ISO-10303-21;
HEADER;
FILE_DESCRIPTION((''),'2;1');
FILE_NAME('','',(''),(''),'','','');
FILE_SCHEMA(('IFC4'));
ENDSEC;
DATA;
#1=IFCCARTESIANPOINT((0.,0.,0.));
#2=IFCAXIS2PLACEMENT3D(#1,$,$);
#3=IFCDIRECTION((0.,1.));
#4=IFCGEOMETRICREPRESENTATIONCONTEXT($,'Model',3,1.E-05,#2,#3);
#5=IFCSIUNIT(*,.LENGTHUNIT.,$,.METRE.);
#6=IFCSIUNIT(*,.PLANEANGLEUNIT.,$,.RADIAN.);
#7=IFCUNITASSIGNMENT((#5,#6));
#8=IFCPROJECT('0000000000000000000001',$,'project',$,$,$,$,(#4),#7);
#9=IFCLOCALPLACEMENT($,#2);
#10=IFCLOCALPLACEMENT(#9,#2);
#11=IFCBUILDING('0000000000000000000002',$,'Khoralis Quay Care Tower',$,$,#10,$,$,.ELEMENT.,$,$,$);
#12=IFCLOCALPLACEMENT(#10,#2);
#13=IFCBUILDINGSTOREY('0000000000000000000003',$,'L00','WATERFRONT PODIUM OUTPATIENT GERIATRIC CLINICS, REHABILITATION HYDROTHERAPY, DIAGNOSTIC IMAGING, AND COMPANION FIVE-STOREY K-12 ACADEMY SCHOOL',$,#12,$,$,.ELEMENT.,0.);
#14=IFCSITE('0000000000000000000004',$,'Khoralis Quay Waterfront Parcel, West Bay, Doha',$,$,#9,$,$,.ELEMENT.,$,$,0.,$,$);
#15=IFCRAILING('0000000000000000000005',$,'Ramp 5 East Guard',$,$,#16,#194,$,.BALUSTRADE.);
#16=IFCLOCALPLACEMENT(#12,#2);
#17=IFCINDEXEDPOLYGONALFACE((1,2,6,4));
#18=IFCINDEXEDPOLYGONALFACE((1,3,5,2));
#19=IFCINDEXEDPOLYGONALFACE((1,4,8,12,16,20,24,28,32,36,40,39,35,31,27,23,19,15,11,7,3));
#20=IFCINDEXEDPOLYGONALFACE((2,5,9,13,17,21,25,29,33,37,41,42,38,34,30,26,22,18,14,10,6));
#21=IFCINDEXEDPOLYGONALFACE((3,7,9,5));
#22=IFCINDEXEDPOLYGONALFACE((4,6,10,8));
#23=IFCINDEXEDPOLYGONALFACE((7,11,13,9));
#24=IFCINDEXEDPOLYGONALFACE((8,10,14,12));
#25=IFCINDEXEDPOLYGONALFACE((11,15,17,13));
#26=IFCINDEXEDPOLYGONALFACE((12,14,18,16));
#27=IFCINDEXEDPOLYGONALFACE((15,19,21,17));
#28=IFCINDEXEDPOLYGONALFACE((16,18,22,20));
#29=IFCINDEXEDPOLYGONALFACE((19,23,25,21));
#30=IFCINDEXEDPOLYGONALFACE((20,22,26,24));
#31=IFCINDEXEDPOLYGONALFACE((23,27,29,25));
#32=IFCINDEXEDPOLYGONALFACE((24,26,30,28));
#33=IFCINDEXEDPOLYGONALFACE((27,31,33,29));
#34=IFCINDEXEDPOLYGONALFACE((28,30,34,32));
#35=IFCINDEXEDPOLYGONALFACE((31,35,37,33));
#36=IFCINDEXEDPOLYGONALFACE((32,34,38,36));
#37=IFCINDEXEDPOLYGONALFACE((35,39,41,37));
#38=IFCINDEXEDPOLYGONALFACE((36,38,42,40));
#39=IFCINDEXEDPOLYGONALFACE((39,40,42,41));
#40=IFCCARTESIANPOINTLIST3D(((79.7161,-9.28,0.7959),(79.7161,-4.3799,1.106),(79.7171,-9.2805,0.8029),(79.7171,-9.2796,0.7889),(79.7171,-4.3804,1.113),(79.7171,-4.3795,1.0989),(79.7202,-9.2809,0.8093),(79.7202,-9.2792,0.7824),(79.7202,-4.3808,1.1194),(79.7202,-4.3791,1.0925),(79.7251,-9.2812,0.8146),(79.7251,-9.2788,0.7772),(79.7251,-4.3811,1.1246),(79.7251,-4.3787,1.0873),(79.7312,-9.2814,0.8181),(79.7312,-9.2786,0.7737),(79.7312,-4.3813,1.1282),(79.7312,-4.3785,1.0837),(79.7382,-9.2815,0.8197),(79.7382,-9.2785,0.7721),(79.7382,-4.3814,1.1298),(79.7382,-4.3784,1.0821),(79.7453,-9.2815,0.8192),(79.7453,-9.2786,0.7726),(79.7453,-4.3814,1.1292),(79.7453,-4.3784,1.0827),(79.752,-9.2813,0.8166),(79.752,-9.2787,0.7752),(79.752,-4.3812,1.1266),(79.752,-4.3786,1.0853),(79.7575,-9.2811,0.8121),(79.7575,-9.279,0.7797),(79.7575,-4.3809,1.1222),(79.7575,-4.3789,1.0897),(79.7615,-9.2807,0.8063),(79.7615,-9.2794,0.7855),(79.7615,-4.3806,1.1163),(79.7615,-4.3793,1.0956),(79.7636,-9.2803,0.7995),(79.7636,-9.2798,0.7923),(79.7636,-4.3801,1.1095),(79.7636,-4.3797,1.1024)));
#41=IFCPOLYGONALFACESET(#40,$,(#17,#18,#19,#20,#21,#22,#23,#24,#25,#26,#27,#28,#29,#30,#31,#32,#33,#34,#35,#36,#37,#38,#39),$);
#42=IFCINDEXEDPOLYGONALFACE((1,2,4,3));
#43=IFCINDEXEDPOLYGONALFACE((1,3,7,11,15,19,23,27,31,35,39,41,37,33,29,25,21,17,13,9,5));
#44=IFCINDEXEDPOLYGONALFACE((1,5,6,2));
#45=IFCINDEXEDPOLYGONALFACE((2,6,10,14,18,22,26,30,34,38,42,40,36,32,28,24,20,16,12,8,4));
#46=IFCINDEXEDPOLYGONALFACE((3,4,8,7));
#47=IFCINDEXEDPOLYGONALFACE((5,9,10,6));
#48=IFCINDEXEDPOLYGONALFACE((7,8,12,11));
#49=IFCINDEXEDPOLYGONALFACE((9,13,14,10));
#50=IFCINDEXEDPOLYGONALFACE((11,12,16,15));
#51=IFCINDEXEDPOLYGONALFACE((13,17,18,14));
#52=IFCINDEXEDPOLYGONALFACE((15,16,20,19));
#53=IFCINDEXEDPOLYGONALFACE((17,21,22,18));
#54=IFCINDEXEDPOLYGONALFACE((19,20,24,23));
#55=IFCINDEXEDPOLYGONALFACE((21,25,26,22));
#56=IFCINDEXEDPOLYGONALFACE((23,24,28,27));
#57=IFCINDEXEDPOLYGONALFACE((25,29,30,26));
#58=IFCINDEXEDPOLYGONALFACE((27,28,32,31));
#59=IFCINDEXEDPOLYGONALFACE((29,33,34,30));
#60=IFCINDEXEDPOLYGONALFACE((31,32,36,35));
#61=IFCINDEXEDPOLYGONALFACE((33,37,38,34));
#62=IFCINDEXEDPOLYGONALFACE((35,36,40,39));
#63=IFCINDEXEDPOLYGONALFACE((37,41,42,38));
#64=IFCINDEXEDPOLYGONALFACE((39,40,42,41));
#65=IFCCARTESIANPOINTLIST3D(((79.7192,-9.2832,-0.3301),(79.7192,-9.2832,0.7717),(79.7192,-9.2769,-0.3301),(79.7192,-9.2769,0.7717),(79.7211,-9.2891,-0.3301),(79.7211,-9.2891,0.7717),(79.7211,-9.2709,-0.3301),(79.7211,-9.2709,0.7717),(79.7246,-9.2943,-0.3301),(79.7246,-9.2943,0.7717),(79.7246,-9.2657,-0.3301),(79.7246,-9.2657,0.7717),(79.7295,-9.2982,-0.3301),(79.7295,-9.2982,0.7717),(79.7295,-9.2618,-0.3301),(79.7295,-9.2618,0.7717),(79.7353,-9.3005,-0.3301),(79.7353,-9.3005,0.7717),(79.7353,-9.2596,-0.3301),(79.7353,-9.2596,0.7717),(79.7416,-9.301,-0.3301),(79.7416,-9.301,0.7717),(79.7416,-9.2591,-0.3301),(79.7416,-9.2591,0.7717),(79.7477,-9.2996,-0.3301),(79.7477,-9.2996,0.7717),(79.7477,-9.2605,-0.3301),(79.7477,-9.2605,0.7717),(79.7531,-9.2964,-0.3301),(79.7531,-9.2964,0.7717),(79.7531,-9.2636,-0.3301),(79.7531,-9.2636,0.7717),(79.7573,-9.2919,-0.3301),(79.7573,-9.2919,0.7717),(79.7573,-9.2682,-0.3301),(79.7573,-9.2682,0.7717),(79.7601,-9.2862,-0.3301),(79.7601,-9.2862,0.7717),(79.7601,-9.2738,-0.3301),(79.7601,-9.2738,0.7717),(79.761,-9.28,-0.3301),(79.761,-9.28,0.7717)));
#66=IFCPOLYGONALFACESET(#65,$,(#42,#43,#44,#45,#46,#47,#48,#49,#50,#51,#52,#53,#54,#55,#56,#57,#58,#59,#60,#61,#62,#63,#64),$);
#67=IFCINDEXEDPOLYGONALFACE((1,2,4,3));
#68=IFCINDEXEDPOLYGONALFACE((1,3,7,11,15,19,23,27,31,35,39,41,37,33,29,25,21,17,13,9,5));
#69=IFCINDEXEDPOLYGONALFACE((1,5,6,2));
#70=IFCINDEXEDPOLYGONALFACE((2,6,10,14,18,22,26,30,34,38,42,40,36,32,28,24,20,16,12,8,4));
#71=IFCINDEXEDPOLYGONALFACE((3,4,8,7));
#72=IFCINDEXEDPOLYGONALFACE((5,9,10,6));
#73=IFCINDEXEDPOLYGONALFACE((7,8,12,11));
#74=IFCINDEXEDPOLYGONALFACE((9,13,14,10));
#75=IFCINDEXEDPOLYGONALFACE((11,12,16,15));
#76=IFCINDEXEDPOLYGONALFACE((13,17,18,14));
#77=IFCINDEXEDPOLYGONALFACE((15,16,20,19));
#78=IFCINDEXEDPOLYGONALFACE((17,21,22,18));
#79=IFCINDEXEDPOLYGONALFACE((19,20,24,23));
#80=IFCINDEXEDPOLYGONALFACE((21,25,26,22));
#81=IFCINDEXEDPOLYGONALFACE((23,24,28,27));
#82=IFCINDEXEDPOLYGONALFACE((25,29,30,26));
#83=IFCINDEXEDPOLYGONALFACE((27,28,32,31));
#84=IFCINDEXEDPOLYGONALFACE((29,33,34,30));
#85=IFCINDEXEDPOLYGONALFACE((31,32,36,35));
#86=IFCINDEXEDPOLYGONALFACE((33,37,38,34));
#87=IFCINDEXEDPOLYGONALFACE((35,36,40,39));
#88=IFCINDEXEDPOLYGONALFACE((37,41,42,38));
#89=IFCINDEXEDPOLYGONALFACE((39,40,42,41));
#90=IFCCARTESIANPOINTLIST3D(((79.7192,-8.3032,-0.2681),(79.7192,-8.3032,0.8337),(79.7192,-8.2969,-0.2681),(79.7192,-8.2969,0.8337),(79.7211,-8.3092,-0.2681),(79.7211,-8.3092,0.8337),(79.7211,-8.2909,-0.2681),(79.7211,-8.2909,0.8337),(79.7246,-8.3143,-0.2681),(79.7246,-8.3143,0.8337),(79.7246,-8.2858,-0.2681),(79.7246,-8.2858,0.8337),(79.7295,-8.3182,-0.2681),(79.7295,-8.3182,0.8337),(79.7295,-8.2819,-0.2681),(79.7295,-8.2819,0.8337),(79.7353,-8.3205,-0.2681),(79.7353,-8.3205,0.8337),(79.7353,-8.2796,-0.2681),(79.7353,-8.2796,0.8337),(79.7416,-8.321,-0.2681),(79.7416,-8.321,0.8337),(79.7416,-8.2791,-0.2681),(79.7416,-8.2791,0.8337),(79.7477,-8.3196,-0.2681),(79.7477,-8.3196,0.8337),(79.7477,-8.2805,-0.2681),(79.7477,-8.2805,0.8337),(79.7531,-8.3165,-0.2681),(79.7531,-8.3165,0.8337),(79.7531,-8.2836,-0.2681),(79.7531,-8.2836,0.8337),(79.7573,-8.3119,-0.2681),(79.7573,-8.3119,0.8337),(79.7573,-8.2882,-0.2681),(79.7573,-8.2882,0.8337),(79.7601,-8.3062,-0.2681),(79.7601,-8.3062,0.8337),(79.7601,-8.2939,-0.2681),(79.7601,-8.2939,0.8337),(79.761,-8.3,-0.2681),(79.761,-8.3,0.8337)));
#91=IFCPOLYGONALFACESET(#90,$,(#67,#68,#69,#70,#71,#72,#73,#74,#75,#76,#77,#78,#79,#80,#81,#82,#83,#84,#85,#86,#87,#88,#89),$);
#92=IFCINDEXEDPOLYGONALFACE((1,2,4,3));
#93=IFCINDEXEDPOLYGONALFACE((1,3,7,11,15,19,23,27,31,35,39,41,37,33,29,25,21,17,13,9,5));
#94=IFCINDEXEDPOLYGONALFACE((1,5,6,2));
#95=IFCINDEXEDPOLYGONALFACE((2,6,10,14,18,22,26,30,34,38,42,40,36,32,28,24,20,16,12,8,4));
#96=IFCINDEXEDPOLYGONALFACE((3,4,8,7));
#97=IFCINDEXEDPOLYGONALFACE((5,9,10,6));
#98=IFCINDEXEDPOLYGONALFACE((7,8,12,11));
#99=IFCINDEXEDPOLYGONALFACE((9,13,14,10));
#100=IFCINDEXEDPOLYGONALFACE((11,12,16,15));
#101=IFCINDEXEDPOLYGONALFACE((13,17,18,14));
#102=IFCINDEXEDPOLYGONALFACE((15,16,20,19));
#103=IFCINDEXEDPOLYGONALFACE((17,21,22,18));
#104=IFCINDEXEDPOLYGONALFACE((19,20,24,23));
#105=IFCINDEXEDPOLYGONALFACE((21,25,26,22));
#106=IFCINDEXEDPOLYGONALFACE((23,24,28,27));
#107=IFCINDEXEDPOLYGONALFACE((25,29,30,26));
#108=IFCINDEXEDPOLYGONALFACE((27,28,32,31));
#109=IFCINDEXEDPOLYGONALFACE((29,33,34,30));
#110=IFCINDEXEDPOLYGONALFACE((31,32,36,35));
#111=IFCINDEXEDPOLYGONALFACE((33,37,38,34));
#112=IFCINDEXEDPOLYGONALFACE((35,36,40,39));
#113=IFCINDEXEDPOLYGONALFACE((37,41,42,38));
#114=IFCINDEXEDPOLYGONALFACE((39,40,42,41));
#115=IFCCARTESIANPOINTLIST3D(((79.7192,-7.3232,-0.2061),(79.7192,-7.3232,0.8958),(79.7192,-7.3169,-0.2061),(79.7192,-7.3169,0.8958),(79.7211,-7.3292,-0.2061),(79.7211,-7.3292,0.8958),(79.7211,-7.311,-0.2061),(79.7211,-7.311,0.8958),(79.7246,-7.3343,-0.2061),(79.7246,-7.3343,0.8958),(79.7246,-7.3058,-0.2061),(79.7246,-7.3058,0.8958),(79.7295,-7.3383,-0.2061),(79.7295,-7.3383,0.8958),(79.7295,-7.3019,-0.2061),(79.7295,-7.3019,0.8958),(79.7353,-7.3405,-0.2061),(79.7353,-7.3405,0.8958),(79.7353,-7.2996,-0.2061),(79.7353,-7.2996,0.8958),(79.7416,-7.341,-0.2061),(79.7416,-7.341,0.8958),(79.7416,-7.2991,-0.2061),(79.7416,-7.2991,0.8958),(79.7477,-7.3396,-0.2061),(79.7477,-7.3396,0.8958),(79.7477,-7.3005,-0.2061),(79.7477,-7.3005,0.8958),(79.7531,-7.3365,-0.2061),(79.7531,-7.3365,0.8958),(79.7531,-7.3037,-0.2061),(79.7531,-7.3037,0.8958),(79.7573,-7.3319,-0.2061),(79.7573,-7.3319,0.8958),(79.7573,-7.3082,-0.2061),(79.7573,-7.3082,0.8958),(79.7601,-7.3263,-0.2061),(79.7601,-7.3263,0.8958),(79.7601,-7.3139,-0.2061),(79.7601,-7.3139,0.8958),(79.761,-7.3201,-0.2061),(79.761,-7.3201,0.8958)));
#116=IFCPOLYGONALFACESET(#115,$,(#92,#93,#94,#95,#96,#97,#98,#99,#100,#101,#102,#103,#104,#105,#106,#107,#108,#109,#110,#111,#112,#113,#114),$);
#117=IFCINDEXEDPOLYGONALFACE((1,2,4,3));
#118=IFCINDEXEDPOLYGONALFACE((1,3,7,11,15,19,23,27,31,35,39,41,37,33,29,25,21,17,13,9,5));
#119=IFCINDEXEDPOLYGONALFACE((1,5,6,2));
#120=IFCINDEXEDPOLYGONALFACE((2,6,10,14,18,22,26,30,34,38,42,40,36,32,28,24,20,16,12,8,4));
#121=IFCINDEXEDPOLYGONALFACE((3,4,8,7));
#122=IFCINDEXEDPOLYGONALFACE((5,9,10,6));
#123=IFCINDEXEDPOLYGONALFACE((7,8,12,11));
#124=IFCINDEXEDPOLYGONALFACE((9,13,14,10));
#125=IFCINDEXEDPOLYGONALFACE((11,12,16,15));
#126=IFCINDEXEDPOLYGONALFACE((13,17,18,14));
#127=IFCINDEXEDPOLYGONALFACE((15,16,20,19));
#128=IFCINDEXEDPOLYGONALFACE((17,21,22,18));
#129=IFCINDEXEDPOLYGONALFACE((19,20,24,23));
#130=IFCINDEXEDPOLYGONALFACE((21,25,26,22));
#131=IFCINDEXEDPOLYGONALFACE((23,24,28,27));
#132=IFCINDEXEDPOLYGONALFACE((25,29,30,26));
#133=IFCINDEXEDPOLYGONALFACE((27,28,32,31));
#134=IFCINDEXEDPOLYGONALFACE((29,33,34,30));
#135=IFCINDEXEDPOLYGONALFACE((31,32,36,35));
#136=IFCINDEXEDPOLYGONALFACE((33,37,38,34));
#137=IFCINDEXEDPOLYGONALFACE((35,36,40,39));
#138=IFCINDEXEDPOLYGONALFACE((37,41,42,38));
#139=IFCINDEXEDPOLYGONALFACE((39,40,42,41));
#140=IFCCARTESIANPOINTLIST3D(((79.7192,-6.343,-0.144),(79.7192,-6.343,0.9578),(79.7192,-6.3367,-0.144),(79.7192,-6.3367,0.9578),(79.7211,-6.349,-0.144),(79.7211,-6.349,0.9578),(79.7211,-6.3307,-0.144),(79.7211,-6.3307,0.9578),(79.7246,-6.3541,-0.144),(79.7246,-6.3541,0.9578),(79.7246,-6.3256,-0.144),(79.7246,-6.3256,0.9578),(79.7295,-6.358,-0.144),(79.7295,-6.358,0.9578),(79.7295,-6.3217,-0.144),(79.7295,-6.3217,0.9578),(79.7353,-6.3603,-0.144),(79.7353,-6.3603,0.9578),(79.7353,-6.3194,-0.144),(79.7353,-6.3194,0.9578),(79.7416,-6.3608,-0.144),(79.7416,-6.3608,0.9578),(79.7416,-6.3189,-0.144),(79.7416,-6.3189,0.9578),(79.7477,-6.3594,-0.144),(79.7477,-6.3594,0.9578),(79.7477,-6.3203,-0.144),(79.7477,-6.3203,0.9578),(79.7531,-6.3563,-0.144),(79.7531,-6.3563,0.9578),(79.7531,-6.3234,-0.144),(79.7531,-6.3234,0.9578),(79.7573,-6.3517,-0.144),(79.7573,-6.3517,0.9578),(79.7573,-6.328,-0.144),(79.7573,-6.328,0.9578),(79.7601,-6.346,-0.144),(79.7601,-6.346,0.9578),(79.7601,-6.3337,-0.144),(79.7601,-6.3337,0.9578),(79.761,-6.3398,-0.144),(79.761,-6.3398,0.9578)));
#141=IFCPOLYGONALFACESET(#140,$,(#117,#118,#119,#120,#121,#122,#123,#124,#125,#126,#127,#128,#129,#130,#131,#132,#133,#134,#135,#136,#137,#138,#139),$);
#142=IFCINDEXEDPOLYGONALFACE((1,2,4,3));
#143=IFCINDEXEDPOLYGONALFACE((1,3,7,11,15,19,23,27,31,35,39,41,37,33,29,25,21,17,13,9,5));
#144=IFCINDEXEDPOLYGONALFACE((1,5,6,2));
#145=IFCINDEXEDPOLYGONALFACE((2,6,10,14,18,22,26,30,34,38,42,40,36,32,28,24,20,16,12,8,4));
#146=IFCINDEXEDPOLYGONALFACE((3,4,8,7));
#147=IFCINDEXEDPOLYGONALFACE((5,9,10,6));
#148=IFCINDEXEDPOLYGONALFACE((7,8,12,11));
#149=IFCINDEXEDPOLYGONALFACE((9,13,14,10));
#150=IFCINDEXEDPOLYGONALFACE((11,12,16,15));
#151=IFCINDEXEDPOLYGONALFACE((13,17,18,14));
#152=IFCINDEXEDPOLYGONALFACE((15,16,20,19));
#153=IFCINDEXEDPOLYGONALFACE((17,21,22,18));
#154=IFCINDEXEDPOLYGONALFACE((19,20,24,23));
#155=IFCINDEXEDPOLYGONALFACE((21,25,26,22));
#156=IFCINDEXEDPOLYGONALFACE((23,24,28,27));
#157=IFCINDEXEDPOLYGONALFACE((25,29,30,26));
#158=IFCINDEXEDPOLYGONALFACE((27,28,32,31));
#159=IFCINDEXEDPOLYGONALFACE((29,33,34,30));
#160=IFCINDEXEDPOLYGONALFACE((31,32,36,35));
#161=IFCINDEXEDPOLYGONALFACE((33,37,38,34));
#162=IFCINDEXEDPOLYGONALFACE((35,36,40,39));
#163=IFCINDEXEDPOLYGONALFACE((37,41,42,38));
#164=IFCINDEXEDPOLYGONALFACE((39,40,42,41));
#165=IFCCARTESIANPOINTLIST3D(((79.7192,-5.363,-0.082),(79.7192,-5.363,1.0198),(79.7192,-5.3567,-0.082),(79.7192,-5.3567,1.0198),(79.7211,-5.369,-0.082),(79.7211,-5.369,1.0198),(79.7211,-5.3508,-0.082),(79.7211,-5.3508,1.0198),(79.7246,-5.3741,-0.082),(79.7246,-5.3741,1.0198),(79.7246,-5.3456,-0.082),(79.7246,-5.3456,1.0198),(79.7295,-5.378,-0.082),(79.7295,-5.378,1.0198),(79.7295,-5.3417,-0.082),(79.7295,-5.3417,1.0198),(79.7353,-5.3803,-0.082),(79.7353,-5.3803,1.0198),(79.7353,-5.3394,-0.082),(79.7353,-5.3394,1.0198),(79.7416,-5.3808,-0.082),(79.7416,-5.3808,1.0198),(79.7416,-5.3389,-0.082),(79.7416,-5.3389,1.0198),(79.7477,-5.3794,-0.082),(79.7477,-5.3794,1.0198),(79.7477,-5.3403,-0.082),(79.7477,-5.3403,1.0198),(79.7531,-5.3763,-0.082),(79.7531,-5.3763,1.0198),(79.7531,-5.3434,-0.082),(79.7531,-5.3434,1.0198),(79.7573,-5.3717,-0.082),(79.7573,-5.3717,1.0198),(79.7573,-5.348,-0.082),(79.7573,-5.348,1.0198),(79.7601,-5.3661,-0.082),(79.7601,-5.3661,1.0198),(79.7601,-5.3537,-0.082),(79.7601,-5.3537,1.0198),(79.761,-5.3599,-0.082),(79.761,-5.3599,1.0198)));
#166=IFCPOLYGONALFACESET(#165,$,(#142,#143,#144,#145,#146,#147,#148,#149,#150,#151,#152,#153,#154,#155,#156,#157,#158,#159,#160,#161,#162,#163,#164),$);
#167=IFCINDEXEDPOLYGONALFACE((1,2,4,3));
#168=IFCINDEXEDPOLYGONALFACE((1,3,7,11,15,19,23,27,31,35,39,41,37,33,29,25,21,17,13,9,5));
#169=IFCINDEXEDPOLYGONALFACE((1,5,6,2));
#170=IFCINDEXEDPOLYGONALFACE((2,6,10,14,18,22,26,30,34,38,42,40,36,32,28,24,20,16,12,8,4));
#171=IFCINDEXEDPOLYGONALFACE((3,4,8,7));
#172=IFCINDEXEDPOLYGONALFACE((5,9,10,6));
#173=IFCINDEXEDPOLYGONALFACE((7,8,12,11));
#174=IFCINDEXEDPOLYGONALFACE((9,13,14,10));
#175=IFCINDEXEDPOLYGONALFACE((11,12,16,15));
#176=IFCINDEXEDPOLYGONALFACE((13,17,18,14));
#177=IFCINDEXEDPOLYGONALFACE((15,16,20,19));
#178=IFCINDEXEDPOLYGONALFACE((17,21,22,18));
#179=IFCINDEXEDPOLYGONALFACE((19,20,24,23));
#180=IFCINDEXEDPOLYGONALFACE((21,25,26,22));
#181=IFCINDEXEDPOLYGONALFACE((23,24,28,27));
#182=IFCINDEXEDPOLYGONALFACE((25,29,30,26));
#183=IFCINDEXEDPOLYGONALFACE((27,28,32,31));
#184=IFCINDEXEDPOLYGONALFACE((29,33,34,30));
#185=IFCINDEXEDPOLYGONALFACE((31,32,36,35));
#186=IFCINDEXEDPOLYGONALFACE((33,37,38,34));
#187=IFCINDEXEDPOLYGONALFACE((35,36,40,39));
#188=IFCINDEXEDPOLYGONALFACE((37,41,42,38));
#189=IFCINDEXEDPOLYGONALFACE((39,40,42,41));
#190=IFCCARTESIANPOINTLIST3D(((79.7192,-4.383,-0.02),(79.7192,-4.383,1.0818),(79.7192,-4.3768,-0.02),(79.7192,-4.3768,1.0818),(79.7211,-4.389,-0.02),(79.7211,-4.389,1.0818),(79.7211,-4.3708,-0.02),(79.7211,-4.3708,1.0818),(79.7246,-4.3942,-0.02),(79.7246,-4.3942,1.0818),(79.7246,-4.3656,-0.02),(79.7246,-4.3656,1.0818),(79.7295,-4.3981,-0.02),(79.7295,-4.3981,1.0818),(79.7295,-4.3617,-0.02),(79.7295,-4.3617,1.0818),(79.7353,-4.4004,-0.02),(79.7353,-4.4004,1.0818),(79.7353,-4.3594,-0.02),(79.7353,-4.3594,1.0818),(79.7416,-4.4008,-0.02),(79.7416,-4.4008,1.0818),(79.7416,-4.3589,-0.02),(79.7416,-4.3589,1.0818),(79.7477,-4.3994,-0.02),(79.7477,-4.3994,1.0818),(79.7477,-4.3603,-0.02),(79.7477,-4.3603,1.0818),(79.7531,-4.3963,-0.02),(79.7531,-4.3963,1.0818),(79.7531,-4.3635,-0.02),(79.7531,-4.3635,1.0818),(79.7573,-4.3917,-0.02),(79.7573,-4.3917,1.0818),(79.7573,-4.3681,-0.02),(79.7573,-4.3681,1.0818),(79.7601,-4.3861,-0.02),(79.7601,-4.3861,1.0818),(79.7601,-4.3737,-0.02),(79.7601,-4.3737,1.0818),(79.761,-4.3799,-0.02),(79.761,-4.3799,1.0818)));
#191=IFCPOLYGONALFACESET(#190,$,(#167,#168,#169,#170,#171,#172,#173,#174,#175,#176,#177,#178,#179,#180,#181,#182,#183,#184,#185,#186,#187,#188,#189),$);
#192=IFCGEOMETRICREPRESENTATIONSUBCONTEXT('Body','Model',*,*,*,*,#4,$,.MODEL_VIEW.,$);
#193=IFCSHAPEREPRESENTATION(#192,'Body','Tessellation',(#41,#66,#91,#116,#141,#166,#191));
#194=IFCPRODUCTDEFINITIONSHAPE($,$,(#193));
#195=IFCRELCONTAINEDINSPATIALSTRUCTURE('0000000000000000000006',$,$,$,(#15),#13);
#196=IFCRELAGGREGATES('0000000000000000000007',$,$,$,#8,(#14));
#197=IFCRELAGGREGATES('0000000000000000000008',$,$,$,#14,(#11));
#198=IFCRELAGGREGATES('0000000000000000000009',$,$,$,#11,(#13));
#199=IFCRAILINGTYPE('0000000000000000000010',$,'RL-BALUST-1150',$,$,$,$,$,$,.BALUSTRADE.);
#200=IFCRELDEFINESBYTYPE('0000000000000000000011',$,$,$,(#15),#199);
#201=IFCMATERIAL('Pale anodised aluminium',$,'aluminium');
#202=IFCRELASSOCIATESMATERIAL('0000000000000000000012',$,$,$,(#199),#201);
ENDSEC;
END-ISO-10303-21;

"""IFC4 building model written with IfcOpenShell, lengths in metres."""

from ifc_helpers import new_model, si_unit, direction, frame, origin, origin_2d, place, context, subcontext, project, spatial, circle, extrude, material, type_object, element, save


model = new_model("IFC4")

# Units and contexts
model_context = context("Model", 3, precision=1e-05, world=origin(), true_north=direction((0.0, 1.0)))
body_context = subcontext(model_context, "Body", "Model", "MODEL_VIEW")
ifc_project = project(units=[si_unit("LENGTHUNIT", "METRE"), si_unit("PLANEANGLEUNIT", "RADIAN")], contexts=[model_context])

# Site, building, storey
site_placement = place(None, origin())
site = spatial("IfcSite", under=ifc_project, at=site_placement, Name="Khoralis Quay Waterfront Parcel, West Bay, Doha", CompositionType="ELEMENT", RefElevation=0.0)
building_placement = place(site_placement, origin())
building = spatial("IfcBuilding", under=site, at=building_placement, Name="Khoralis Quay Care Tower", CompositionType="ELEMENT")
storey_placement = place(building_placement, origin())
storey = spatial("IfcBuildingStorey", under=building, at=storey_placement, Name="L00", Description="WATERFRONT PODIUM OUTPATIENT GERIATRIC CLINICS, REHABILITATION HYDROTHERAPY, DIAGNOSTIC IMAGING, AND COMPANION FIVE-STOREY K-12 ACADEMY SCHOOL", CompositionType="ELEMENT", Elevation=0.0)

# Shared definitions
ifc_material_1 = material(Name="Pale anodised aluminium", Category="aluminium")

# Railing
railing_type = type_object("IfcRailingType", Name="RL-BALUST-1150", PredefinedType="BALUSTRADE", material=ifc_material_1)
for number, where, name in (
    (1, (79.74, -9.28, -0.3301), "Ramp 5 East Guard"),
):
    element("IfcRailing", number, at=place(storey_placement, frame(where)), inside=storey, type_object=railing_type, Name=name, PredefinedType="BALUSTRADE", context=body_context, shape_type="SweptSolid", body=[
        extrude(circle(Radius=0.0239, at=origin_2d()), frame((0.0, 0.0, 1.126), z_axis=(0.0, 0.998004, 0.063149), x_axis=(-1.0, 0.0, 0.0)), (0.0, 0.0, 1.0), 4.9099),
        extrude(circle(Radius=0.021, at=origin_2d()), origin(), (0.0, 0.0, 1.0), 1.1018),
        extrude(circle(Radius=0.021, at=origin_2d()), frame((0.0, 0.98, 0.062)), (0.0, 0.0, 1.0), 1.1018),
        extrude(circle(Radius=0.021, at=origin_2d()), frame((0.0, 1.96, 0.124)), (0.0, 0.0, 1.0), 1.1018),
        extrude(circle(Radius=0.021, at=origin_2d()), frame((0.0, 2.9402, 0.186)), (0.0, 0.0, 1.0), 1.1018),
        extrude(circle(Radius=0.021, at=origin_2d()), frame((0.0, 3.9202, 0.248)), (0.0, 0.0, 1.0), 1.1018),
        extrude(circle(Radius=0.021, at=origin_2d()), frame((0.0, 4.9001, 0.3101)), (0.0, 0.0, 1.0), 1.1018),
    ])

save(model, "model.ifc")
